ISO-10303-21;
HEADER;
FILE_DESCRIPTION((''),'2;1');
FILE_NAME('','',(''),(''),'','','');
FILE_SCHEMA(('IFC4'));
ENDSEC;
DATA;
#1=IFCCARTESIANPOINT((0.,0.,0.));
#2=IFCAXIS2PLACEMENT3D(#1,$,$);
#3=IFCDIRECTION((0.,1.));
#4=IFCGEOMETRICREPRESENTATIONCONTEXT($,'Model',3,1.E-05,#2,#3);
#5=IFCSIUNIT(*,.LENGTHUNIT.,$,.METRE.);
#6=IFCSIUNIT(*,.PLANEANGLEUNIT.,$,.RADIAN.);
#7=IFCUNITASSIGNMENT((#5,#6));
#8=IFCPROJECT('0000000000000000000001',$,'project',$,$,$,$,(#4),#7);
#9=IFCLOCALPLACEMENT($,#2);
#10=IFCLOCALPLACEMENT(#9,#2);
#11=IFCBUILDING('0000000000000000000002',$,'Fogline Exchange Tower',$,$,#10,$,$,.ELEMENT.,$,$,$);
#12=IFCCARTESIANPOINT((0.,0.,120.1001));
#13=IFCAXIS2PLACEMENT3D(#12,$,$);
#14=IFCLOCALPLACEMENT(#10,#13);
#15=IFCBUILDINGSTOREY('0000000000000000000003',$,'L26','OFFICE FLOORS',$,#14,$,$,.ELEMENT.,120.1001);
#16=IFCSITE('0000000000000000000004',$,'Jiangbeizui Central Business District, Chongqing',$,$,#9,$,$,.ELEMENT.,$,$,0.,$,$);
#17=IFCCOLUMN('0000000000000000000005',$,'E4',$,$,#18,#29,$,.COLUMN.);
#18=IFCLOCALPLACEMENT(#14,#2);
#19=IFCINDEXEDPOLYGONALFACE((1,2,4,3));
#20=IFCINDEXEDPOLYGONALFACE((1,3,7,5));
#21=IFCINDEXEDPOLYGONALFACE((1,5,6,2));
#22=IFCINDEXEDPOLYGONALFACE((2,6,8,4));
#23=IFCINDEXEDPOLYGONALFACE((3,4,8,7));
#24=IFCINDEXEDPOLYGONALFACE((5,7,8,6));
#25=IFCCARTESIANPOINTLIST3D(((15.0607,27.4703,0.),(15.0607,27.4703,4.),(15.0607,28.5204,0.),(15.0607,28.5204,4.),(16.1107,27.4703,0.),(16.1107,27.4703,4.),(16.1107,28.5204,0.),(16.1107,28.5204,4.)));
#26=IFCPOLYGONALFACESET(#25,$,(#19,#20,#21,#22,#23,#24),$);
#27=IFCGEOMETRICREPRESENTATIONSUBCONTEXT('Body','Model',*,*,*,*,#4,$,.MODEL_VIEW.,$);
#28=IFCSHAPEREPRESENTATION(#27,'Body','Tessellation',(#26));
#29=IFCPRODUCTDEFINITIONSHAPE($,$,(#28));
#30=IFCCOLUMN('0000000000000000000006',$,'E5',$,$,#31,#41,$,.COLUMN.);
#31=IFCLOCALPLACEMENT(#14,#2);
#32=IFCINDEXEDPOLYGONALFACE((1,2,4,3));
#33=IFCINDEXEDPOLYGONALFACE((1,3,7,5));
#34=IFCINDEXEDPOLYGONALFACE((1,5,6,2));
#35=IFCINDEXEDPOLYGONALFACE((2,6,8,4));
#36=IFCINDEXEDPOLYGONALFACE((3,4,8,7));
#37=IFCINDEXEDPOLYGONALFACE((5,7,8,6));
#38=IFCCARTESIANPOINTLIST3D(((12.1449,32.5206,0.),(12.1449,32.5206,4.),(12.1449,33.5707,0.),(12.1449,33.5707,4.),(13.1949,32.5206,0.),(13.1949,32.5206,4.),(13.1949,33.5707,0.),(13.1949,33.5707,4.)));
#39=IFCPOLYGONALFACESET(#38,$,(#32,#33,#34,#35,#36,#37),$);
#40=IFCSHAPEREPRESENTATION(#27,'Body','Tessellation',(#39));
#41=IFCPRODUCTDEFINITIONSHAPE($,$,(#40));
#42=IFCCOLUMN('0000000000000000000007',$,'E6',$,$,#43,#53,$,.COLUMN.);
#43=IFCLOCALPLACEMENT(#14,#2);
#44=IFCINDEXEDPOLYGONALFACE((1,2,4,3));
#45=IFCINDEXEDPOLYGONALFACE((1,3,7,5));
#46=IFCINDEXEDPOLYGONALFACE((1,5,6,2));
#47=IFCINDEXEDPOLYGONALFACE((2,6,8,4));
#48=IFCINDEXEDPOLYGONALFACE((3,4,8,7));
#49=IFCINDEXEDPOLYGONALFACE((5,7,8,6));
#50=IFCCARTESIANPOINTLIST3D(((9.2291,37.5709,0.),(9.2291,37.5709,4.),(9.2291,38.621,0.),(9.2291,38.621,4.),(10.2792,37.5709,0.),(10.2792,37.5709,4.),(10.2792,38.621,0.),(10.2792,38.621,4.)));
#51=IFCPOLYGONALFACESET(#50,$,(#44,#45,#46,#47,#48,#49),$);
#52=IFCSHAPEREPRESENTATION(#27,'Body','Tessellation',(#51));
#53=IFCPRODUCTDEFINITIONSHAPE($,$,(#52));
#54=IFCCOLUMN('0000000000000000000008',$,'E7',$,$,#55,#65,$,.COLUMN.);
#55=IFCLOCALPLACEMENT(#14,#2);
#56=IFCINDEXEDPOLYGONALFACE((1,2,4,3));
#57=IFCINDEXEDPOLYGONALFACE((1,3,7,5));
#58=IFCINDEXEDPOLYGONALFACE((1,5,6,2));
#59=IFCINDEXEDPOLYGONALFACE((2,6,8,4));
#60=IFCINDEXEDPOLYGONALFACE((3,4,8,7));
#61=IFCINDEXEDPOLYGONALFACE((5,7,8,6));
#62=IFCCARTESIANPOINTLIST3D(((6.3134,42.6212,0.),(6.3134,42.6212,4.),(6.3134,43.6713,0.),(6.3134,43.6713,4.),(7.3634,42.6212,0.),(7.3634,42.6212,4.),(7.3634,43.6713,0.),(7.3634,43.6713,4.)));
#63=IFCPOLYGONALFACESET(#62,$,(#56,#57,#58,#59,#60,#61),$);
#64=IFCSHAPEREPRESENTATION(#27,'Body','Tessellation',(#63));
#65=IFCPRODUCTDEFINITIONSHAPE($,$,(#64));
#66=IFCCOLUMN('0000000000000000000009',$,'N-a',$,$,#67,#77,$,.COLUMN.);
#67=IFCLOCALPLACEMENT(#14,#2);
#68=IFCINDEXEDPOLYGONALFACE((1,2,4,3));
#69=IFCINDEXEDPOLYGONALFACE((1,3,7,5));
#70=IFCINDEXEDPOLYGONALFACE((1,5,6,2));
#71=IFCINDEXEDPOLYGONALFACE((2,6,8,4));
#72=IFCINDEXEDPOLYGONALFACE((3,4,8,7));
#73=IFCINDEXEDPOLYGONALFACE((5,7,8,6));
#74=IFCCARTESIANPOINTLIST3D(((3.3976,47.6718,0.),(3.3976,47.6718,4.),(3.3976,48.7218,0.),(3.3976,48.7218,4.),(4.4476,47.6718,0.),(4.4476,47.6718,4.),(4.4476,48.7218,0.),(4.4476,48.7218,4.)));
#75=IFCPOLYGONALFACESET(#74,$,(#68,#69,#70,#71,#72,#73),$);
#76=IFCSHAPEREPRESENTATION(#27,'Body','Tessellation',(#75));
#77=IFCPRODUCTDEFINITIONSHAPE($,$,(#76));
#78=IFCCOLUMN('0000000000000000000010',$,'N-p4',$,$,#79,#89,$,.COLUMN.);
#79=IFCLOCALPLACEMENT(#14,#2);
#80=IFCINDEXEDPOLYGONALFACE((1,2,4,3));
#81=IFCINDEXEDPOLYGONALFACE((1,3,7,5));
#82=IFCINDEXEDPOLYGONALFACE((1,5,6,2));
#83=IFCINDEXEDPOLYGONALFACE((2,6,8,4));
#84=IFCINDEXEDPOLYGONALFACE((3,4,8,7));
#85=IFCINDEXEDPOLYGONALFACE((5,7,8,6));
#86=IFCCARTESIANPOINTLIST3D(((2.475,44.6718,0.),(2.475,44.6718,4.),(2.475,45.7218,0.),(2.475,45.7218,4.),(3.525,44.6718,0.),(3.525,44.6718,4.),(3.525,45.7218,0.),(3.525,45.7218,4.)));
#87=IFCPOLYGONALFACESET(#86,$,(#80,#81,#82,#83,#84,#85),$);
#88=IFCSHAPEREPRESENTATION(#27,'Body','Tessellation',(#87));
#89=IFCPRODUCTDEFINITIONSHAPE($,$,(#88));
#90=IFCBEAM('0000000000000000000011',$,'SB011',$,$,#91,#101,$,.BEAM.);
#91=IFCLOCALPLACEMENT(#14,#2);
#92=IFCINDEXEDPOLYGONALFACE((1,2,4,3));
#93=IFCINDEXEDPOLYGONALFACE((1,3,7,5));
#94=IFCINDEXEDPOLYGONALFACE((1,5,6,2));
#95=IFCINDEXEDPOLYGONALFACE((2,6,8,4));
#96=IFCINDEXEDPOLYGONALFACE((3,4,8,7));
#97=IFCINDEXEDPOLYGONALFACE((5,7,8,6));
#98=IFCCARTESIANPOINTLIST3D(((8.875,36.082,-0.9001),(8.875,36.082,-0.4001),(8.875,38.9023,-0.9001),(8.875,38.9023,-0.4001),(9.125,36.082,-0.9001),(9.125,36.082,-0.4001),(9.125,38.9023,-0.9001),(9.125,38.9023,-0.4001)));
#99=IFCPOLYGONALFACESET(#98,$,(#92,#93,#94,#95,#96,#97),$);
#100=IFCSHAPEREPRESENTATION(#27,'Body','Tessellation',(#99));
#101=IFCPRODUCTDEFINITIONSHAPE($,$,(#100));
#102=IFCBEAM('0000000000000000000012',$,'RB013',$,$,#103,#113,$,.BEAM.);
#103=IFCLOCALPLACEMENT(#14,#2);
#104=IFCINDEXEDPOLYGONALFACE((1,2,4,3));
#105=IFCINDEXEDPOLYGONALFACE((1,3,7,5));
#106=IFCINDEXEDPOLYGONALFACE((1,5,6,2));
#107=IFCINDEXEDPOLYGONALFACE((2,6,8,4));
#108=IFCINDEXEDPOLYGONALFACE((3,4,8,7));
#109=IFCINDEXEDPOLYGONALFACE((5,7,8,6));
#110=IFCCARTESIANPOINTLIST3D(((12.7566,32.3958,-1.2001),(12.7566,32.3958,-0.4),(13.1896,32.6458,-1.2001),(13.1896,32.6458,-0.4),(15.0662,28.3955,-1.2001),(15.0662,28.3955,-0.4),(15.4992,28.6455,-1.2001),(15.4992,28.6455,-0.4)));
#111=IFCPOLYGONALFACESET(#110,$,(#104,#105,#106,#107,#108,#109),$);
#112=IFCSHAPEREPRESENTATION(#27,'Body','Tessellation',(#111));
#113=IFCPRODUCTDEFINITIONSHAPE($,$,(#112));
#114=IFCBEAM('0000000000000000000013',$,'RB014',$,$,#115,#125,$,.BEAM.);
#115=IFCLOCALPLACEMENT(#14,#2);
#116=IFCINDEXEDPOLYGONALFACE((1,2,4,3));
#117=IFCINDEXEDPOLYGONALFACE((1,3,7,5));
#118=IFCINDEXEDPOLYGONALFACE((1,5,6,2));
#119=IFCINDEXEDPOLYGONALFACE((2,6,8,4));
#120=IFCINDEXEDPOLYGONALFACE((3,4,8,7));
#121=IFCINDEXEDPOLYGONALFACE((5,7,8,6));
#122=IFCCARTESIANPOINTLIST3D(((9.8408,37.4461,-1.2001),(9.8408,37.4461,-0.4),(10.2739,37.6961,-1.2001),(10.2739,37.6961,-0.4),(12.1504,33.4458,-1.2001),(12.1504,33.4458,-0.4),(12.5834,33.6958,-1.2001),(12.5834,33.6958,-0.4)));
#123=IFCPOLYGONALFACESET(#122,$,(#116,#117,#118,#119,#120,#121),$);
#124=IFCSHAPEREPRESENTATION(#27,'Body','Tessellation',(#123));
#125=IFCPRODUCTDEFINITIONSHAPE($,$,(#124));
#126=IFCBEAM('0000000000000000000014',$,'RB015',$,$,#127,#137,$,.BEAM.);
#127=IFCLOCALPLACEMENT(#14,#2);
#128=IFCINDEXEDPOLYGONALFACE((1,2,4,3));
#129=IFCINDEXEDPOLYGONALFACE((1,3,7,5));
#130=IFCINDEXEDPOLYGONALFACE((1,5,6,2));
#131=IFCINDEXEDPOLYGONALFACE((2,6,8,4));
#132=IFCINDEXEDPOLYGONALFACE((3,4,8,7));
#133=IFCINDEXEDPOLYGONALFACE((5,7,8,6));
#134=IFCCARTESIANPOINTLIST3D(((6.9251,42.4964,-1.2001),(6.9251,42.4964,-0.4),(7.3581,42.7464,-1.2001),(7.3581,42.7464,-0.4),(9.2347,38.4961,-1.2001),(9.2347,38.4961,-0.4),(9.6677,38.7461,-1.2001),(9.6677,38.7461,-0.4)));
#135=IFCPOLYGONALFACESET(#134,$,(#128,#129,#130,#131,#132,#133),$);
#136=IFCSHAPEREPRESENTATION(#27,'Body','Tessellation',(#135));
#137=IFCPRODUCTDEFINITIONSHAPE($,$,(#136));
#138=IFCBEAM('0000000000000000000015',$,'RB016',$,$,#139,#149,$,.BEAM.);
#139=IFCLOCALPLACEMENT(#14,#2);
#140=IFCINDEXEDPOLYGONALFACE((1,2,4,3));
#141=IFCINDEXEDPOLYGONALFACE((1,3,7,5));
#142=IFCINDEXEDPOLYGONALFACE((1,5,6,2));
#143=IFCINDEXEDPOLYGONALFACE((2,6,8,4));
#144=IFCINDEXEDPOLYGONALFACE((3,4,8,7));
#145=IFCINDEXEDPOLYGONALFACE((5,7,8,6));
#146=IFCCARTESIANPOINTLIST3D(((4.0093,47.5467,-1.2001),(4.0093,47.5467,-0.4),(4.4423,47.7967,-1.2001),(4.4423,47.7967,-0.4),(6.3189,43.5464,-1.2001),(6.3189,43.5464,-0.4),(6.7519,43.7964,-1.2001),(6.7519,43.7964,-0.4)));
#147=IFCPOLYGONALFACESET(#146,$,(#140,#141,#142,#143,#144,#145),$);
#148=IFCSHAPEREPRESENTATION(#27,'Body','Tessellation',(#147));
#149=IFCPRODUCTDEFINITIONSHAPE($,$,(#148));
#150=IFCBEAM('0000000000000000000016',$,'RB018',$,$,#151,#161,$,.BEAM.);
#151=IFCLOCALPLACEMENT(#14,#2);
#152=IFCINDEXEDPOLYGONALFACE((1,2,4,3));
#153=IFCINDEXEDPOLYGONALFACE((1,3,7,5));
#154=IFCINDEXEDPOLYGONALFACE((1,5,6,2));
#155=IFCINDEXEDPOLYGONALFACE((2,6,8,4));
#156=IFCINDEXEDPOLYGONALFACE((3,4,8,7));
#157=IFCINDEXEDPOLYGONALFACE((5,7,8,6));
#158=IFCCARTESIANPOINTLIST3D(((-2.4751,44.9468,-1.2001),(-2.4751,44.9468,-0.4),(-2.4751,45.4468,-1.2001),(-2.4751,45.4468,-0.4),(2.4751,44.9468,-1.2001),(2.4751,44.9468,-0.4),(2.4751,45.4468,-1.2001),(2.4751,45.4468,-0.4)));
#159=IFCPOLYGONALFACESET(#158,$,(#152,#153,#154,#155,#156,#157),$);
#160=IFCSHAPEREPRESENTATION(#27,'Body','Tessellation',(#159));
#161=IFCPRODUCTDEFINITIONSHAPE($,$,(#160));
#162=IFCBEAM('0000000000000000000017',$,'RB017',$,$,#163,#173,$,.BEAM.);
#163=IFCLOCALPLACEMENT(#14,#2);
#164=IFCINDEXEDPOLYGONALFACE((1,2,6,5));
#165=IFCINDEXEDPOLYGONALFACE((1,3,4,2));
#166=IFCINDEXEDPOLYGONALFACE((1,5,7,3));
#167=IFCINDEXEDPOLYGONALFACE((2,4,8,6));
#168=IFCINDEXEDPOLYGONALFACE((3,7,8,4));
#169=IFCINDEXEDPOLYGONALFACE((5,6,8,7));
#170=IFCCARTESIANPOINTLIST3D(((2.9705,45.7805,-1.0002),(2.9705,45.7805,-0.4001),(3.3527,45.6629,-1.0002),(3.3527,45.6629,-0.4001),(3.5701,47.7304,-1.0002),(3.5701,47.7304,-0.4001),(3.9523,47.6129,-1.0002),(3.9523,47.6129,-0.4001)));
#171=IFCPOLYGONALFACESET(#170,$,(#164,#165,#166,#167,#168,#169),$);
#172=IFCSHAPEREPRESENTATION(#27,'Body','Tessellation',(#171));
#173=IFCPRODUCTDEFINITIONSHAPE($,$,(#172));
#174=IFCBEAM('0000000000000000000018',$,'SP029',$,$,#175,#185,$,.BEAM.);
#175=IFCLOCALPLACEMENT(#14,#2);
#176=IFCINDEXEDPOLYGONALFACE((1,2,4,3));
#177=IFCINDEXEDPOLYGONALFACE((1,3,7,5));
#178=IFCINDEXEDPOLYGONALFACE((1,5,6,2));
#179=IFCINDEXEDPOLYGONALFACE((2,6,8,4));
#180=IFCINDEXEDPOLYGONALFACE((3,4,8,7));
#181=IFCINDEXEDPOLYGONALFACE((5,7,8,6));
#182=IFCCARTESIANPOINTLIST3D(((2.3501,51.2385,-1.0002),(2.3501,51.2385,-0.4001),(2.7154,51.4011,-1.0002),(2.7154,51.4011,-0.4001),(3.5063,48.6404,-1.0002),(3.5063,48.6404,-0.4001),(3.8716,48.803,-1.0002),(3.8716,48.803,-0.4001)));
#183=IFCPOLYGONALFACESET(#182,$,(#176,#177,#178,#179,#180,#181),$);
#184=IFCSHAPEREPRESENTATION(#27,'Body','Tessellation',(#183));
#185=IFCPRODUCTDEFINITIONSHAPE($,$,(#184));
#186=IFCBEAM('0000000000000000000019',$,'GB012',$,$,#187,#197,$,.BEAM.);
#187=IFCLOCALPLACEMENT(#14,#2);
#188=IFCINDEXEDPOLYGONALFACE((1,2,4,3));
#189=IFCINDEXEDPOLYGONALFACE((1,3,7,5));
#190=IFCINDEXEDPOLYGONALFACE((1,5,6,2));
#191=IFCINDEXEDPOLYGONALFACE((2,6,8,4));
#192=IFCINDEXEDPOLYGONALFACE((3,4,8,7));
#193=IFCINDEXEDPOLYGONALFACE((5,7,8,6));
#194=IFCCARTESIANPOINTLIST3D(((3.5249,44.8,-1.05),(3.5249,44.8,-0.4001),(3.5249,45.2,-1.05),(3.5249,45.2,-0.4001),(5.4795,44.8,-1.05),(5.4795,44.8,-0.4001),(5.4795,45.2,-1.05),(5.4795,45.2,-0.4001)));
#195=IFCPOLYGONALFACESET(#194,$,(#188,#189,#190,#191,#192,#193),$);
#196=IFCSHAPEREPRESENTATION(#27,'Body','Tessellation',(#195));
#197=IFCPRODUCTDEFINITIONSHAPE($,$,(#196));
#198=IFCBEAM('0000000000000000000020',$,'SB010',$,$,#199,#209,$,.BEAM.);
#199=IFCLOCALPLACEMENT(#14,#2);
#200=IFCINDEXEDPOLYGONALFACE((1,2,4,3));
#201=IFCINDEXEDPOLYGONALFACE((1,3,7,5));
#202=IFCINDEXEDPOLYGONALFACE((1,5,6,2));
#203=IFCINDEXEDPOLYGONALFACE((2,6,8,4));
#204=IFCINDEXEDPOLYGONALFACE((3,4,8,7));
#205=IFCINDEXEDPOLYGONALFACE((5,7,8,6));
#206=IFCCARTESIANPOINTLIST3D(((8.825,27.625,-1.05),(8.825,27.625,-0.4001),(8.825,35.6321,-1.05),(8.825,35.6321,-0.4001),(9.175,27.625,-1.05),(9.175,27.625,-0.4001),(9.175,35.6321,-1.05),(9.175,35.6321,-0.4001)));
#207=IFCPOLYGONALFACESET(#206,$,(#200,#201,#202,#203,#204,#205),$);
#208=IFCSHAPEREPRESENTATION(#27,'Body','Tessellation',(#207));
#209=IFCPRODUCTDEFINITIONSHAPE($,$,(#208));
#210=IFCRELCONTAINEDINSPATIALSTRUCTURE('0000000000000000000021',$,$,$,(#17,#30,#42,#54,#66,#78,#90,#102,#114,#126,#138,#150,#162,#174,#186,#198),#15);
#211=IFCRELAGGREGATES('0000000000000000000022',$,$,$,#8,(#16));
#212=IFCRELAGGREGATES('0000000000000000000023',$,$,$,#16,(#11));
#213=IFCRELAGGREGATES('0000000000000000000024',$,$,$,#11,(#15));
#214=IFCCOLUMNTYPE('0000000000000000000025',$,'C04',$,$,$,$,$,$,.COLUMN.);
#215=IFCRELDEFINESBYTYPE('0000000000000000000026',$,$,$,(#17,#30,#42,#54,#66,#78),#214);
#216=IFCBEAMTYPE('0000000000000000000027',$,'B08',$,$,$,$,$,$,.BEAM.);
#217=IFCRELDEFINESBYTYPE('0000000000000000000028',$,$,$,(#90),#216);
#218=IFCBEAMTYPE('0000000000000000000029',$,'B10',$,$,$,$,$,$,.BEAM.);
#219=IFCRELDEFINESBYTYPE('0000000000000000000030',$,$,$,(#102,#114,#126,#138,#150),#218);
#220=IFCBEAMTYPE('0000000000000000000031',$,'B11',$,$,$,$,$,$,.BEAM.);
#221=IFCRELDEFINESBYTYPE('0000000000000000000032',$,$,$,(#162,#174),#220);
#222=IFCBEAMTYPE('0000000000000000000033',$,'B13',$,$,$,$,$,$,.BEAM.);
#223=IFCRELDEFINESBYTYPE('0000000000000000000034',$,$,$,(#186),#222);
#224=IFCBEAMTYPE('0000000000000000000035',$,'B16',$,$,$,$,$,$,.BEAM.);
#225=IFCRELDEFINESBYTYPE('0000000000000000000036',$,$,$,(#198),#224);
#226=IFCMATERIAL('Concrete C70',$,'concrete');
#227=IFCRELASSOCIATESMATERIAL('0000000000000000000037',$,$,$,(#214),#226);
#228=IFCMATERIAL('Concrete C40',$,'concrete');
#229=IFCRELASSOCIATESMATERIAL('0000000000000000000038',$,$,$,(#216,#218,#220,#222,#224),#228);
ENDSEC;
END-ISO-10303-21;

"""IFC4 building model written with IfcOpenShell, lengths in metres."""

from ifc_helpers import new_model, si_unit, direction, frame, origin, origin_2d, place, context, subcontext, project, spatial, rectangle, extrude, material, material_profile, profile_set, type_object, element, save


model = new_model("IFC4")

# Units and contexts
model_context = context("Model", 3, precision=1e-05, world=origin(), true_north=direction((0.0, 1.0)))
body_context = subcontext(model_context, "Body", "Model", "MODEL_VIEW")
ifc_project = project(units=[si_unit("LENGTHUNIT", "METRE"), si_unit("PLANEANGLEUNIT", "RADIAN")], contexts=[model_context])

# Site, building, storey
site_placement = place(None, origin())
site = spatial("IfcSite", under=ifc_project, at=site_placement, Name="Jiangbeizui Central Business District, Chongqing", CompositionType="ELEMENT", RefElevation=0.0)
building_placement = place(site_placement, origin())
building = spatial("IfcBuilding", under=site, at=building_placement, Name="Fogline Exchange Tower", CompositionType="ELEMENT")
storey_placement = place(building_placement, frame((0.0, 0.0, 120.1001)))
storey = spatial("IfcBuildingStorey", under=building, at=storey_placement, Name="L26", Description="OFFICE FLOORS", CompositionType="ELEMENT", Elevation=120.1001)

# Columns
ifc_material_1 = material(Name="Concrete C70", Category="concrete")
ifc_material_profile_1 = material_profile(ifc_material_1, rectangle(XDim=1.05, YDim=1.05, at=origin_2d()), Name="RC 1050x1050")
ifc_profile_set_1 = profile_set([ifc_material_profile_1], Name="Concrete C70")
column_type = type_object("IfcColumnType", Name="C04", PredefinedType="COLUMN", material=ifc_profile_set_1)
for number, where, z_axis, x_axis, name in (
    (1, (15.5857, 27.9954, 0.0), (0.0, 0.0, 1.0), (1.0, 0.0, 0.0), "E4"),
    (2, (12.6699, 33.0457, 0.0), (0.0, 0.0, 1.0), (1.0, 0.0, 0.0), "E5"),
    (3, (9.7542, 38.0959, 0.0), (0.0, 0.0, 1.0), (1.0, 0.0, 0.0), "E6"),
    (4, (6.8384, 43.1462, 0.0), (0.0, 0.0, 1.0), (1.0, 0.0, 0.0), "E7"),
    (5, (3.9226, 48.1968, 0.0), (0.0, 0.0, 1.0), (1.0, 0.0, 0.0), "N-a"),
    (6, (3.0, 45.1968, 0.0), (0.0, 0.0, 1.0), (1.0, 0.0, 0.0), "N-p4"),
):
    element("IfcColumn", number, at=place(storey_placement, frame(where, z_axis=z_axis, x_axis=x_axis)), inside=storey, type_object=column_type, Name=name, PredefinedType="COLUMN", context=body_context, shape_type="SweptSolid", body=[
        extrude(rectangle(XDim=1.05, YDim=1.05, at=origin_2d()), origin(), (0.0, 0.0, 1.0), 4.0),
    ])

# Beams
ifc_material_2 = material(Name="Concrete C40", Category="concrete")
ifc_material_profile_2 = material_profile(ifc_material_2, rectangle(XDim=0.25, YDim=0.5, at=origin_2d()), Name="RC 250x500")
ifc_profile_set_2 = profile_set([ifc_material_profile_2], Name="Concrete C40")
beam_type_1 = type_object("IfcBeamType", Name="B08", PredefinedType="BEAM", material=ifc_profile_set_2)
beam_1_placement = place(storey_placement, frame((9.0, 36.082, -0.6501), z_axis=(0.0, 1.0, 0.0), x_axis=(-1.0, 0.0, 0.0)))
element("IfcBeam", 7, at=beam_1_placement, inside=storey, type_object=beam_type_1, Name="SB011", PredefinedType="BEAM", context=body_context, shape_type="SweptSolid", body=[
    extrude(rectangle(XDim=0.25, YDim=0.5, at=origin_2d()), origin(), (0.0, 0.0, 1.0), 2.8203),
])
ifc_material_profile_3 = material_profile(ifc_material_2, rectangle(XDim=0.5, YDim=0.8, at=origin_2d()), Name="RC 500x800")
ifc_profile_set_3 = profile_set([ifc_material_profile_3], Name="Concrete C40")
beam_type_2 = type_object("IfcBeamType", Name="B10", PredefinedType="BEAM", material=ifc_profile_set_3)
for number, where, z_axis, x_axis, name in (
    (8, (15.2827, 28.5205, -0.8), (-0.500005, 0.866023, 0.0), (-0.866023, -0.500005, 0.0), "RB013"),
    (9, (12.3669, 33.5708, -0.8), (-0.500005, 0.866023, 0.0), (-0.866023, -0.500005, 0.0), "RB014"),
    (10, (9.4512, 38.6211, -0.8), (-0.500005, 0.866023, 0.0), (-0.866023, -0.500005, 0.0), "RB015"),
    (11, (6.5354, 43.6714, -0.8), (-0.500005, 0.866023, 0.0), (-0.866023, -0.500005, 0.0), "RB016"),
):
    element("IfcBeam", number, at=place(storey_placement, frame(where, z_axis=z_axis, x_axis=x_axis)), inside=storey, type_object=beam_type_2, Name=name, PredefinedType="BEAM", context=body_context, shape_type="SweptSolid", body=[
        extrude(rectangle(XDim=0.5, YDim=0.8, at=origin_2d()), origin(), (0.0, 0.0, 1.0), 4.6191),
    ])
beam_2_placement = place(storey_placement, frame((2.4751, 45.1968, -0.8), z_axis=(-1.0, 0.0, 0.0), x_axis=(0.0, -1.0, 0.0)))
element("IfcBeam", 12, at=beam_2_placement, inside=storey, type_object=beam_type_2, Name="RB018", PredefinedType="BEAM", context=body_context, shape_type="SweptSolid", body=[
    extrude(rectangle(XDim=0.5, YDim=0.8, at=origin_2d()), origin(), (0.0, 0.0, 1.0), 4.9502),
])
ifc_material_profile_4 = material_profile(ifc_material_2, rectangle(XDim=0.3999, YDim=0.6001, at=origin_2d()), Name="RC 400x600")
ifc_profile_set_4 = profile_set([ifc_material_profile_4], Name="Concrete C40")
beam_type_3 = type_object("IfcBeamType", Name="B11", PredefinedType="BEAM", material=ifc_profile_set_4)
beam_3_placement = place(storey_placement, frame((3.7612, 47.6716, -0.7002), z_axis=(-0.293918, -0.955831, 0.0), x_axis=(0.955831, -0.293918, 0.0)))
element("IfcBeam", 13, at=beam_3_placement, inside=storey, type_object=beam_type_3, Name="RB017", PredefinedType="BEAM", context=body_context, shape_type="SweptSolid", body=[
    extrude(rectangle(XDim=0.3999, YDim=0.6001, at=origin_2d()), origin(), (0.0, 0.0, 1.0), 2.04),
])
beam_4_placement = place(storey_placement, frame((3.689, 48.7217, -0.7002), z_axis=(-0.406584, 0.913613, 0.0), x_axis=(-0.913613, -0.406584, 0.0)))
element("IfcBeam", 14, at=beam_4_placement, inside=storey, type_object=beam_type_3, Name="SP029", PredefinedType="BEAM", context=body_context, shape_type="SweptSolid", body=[
    extrude(rectangle(XDim=0.3999, YDim=0.6001, at=origin_2d()), origin(), (0.0, 0.0, 1.0), 2.8438),
])
ifc_material_profile_5 = material_profile(ifc_material_2, rectangle(XDim=0.3999, YDim=0.6499, at=origin_2d()), Name="RC 400x650")
ifc_profile_set_5 = profile_set([ifc_material_profile_5], Name="Concrete C40")
beam_type_4 = type_object("IfcBeamType", Name="B13", PredefinedType="BEAM", material=ifc_profile_set_5)
beam_5_placement = place(storey_placement, frame((3.5249, 45.0, -0.7251), z_axis=(1.0, 0.0, 0.0), x_axis=(0.0, 1.0, 0.0)))
element("IfcBeam", 15, at=beam_5_placement, inside=storey, type_object=beam_type_4, Name="GB012", PredefinedType="BEAM", context=body_context, shape_type="SweptSolid", body=[
    extrude(rectangle(XDim=0.3999, YDim=0.6499, at=origin_2d()), origin(), (0.0, 0.0, 1.0), 1.9546),
])
ifc_material_profile_6 = material_profile(ifc_material_2, rectangle(XDim=0.3501, YDim=0.6499, at=origin_2d()), Name="RC 350x650")
ifc_profile_set_6 = profile_set([ifc_material_profile_6], Name="Concrete C40")
beam_type_5 = type_object("IfcBeamType", Name="B16", PredefinedType="BEAM", material=ifc_profile_set_6)
beam_6_placement = place(storey_placement, frame((9.0, 27.625, -0.7251), z_axis=(0.0, 1.0, 0.0), x_axis=(-1.0, 0.0, 0.0)))
element("IfcBeam", 16, at=beam_6_placement, inside=storey, type_object=beam_type_5, Name="SB010", PredefinedType="BEAM", context=body_context, shape_type="SweptSolid", body=[
    extrude(rectangle(XDim=0.3501, YDim=0.6499, at=origin_2d()), origin(), (0.0, 0.0, 1.0), 8.0071),
])

save(model, "model.ifc")
